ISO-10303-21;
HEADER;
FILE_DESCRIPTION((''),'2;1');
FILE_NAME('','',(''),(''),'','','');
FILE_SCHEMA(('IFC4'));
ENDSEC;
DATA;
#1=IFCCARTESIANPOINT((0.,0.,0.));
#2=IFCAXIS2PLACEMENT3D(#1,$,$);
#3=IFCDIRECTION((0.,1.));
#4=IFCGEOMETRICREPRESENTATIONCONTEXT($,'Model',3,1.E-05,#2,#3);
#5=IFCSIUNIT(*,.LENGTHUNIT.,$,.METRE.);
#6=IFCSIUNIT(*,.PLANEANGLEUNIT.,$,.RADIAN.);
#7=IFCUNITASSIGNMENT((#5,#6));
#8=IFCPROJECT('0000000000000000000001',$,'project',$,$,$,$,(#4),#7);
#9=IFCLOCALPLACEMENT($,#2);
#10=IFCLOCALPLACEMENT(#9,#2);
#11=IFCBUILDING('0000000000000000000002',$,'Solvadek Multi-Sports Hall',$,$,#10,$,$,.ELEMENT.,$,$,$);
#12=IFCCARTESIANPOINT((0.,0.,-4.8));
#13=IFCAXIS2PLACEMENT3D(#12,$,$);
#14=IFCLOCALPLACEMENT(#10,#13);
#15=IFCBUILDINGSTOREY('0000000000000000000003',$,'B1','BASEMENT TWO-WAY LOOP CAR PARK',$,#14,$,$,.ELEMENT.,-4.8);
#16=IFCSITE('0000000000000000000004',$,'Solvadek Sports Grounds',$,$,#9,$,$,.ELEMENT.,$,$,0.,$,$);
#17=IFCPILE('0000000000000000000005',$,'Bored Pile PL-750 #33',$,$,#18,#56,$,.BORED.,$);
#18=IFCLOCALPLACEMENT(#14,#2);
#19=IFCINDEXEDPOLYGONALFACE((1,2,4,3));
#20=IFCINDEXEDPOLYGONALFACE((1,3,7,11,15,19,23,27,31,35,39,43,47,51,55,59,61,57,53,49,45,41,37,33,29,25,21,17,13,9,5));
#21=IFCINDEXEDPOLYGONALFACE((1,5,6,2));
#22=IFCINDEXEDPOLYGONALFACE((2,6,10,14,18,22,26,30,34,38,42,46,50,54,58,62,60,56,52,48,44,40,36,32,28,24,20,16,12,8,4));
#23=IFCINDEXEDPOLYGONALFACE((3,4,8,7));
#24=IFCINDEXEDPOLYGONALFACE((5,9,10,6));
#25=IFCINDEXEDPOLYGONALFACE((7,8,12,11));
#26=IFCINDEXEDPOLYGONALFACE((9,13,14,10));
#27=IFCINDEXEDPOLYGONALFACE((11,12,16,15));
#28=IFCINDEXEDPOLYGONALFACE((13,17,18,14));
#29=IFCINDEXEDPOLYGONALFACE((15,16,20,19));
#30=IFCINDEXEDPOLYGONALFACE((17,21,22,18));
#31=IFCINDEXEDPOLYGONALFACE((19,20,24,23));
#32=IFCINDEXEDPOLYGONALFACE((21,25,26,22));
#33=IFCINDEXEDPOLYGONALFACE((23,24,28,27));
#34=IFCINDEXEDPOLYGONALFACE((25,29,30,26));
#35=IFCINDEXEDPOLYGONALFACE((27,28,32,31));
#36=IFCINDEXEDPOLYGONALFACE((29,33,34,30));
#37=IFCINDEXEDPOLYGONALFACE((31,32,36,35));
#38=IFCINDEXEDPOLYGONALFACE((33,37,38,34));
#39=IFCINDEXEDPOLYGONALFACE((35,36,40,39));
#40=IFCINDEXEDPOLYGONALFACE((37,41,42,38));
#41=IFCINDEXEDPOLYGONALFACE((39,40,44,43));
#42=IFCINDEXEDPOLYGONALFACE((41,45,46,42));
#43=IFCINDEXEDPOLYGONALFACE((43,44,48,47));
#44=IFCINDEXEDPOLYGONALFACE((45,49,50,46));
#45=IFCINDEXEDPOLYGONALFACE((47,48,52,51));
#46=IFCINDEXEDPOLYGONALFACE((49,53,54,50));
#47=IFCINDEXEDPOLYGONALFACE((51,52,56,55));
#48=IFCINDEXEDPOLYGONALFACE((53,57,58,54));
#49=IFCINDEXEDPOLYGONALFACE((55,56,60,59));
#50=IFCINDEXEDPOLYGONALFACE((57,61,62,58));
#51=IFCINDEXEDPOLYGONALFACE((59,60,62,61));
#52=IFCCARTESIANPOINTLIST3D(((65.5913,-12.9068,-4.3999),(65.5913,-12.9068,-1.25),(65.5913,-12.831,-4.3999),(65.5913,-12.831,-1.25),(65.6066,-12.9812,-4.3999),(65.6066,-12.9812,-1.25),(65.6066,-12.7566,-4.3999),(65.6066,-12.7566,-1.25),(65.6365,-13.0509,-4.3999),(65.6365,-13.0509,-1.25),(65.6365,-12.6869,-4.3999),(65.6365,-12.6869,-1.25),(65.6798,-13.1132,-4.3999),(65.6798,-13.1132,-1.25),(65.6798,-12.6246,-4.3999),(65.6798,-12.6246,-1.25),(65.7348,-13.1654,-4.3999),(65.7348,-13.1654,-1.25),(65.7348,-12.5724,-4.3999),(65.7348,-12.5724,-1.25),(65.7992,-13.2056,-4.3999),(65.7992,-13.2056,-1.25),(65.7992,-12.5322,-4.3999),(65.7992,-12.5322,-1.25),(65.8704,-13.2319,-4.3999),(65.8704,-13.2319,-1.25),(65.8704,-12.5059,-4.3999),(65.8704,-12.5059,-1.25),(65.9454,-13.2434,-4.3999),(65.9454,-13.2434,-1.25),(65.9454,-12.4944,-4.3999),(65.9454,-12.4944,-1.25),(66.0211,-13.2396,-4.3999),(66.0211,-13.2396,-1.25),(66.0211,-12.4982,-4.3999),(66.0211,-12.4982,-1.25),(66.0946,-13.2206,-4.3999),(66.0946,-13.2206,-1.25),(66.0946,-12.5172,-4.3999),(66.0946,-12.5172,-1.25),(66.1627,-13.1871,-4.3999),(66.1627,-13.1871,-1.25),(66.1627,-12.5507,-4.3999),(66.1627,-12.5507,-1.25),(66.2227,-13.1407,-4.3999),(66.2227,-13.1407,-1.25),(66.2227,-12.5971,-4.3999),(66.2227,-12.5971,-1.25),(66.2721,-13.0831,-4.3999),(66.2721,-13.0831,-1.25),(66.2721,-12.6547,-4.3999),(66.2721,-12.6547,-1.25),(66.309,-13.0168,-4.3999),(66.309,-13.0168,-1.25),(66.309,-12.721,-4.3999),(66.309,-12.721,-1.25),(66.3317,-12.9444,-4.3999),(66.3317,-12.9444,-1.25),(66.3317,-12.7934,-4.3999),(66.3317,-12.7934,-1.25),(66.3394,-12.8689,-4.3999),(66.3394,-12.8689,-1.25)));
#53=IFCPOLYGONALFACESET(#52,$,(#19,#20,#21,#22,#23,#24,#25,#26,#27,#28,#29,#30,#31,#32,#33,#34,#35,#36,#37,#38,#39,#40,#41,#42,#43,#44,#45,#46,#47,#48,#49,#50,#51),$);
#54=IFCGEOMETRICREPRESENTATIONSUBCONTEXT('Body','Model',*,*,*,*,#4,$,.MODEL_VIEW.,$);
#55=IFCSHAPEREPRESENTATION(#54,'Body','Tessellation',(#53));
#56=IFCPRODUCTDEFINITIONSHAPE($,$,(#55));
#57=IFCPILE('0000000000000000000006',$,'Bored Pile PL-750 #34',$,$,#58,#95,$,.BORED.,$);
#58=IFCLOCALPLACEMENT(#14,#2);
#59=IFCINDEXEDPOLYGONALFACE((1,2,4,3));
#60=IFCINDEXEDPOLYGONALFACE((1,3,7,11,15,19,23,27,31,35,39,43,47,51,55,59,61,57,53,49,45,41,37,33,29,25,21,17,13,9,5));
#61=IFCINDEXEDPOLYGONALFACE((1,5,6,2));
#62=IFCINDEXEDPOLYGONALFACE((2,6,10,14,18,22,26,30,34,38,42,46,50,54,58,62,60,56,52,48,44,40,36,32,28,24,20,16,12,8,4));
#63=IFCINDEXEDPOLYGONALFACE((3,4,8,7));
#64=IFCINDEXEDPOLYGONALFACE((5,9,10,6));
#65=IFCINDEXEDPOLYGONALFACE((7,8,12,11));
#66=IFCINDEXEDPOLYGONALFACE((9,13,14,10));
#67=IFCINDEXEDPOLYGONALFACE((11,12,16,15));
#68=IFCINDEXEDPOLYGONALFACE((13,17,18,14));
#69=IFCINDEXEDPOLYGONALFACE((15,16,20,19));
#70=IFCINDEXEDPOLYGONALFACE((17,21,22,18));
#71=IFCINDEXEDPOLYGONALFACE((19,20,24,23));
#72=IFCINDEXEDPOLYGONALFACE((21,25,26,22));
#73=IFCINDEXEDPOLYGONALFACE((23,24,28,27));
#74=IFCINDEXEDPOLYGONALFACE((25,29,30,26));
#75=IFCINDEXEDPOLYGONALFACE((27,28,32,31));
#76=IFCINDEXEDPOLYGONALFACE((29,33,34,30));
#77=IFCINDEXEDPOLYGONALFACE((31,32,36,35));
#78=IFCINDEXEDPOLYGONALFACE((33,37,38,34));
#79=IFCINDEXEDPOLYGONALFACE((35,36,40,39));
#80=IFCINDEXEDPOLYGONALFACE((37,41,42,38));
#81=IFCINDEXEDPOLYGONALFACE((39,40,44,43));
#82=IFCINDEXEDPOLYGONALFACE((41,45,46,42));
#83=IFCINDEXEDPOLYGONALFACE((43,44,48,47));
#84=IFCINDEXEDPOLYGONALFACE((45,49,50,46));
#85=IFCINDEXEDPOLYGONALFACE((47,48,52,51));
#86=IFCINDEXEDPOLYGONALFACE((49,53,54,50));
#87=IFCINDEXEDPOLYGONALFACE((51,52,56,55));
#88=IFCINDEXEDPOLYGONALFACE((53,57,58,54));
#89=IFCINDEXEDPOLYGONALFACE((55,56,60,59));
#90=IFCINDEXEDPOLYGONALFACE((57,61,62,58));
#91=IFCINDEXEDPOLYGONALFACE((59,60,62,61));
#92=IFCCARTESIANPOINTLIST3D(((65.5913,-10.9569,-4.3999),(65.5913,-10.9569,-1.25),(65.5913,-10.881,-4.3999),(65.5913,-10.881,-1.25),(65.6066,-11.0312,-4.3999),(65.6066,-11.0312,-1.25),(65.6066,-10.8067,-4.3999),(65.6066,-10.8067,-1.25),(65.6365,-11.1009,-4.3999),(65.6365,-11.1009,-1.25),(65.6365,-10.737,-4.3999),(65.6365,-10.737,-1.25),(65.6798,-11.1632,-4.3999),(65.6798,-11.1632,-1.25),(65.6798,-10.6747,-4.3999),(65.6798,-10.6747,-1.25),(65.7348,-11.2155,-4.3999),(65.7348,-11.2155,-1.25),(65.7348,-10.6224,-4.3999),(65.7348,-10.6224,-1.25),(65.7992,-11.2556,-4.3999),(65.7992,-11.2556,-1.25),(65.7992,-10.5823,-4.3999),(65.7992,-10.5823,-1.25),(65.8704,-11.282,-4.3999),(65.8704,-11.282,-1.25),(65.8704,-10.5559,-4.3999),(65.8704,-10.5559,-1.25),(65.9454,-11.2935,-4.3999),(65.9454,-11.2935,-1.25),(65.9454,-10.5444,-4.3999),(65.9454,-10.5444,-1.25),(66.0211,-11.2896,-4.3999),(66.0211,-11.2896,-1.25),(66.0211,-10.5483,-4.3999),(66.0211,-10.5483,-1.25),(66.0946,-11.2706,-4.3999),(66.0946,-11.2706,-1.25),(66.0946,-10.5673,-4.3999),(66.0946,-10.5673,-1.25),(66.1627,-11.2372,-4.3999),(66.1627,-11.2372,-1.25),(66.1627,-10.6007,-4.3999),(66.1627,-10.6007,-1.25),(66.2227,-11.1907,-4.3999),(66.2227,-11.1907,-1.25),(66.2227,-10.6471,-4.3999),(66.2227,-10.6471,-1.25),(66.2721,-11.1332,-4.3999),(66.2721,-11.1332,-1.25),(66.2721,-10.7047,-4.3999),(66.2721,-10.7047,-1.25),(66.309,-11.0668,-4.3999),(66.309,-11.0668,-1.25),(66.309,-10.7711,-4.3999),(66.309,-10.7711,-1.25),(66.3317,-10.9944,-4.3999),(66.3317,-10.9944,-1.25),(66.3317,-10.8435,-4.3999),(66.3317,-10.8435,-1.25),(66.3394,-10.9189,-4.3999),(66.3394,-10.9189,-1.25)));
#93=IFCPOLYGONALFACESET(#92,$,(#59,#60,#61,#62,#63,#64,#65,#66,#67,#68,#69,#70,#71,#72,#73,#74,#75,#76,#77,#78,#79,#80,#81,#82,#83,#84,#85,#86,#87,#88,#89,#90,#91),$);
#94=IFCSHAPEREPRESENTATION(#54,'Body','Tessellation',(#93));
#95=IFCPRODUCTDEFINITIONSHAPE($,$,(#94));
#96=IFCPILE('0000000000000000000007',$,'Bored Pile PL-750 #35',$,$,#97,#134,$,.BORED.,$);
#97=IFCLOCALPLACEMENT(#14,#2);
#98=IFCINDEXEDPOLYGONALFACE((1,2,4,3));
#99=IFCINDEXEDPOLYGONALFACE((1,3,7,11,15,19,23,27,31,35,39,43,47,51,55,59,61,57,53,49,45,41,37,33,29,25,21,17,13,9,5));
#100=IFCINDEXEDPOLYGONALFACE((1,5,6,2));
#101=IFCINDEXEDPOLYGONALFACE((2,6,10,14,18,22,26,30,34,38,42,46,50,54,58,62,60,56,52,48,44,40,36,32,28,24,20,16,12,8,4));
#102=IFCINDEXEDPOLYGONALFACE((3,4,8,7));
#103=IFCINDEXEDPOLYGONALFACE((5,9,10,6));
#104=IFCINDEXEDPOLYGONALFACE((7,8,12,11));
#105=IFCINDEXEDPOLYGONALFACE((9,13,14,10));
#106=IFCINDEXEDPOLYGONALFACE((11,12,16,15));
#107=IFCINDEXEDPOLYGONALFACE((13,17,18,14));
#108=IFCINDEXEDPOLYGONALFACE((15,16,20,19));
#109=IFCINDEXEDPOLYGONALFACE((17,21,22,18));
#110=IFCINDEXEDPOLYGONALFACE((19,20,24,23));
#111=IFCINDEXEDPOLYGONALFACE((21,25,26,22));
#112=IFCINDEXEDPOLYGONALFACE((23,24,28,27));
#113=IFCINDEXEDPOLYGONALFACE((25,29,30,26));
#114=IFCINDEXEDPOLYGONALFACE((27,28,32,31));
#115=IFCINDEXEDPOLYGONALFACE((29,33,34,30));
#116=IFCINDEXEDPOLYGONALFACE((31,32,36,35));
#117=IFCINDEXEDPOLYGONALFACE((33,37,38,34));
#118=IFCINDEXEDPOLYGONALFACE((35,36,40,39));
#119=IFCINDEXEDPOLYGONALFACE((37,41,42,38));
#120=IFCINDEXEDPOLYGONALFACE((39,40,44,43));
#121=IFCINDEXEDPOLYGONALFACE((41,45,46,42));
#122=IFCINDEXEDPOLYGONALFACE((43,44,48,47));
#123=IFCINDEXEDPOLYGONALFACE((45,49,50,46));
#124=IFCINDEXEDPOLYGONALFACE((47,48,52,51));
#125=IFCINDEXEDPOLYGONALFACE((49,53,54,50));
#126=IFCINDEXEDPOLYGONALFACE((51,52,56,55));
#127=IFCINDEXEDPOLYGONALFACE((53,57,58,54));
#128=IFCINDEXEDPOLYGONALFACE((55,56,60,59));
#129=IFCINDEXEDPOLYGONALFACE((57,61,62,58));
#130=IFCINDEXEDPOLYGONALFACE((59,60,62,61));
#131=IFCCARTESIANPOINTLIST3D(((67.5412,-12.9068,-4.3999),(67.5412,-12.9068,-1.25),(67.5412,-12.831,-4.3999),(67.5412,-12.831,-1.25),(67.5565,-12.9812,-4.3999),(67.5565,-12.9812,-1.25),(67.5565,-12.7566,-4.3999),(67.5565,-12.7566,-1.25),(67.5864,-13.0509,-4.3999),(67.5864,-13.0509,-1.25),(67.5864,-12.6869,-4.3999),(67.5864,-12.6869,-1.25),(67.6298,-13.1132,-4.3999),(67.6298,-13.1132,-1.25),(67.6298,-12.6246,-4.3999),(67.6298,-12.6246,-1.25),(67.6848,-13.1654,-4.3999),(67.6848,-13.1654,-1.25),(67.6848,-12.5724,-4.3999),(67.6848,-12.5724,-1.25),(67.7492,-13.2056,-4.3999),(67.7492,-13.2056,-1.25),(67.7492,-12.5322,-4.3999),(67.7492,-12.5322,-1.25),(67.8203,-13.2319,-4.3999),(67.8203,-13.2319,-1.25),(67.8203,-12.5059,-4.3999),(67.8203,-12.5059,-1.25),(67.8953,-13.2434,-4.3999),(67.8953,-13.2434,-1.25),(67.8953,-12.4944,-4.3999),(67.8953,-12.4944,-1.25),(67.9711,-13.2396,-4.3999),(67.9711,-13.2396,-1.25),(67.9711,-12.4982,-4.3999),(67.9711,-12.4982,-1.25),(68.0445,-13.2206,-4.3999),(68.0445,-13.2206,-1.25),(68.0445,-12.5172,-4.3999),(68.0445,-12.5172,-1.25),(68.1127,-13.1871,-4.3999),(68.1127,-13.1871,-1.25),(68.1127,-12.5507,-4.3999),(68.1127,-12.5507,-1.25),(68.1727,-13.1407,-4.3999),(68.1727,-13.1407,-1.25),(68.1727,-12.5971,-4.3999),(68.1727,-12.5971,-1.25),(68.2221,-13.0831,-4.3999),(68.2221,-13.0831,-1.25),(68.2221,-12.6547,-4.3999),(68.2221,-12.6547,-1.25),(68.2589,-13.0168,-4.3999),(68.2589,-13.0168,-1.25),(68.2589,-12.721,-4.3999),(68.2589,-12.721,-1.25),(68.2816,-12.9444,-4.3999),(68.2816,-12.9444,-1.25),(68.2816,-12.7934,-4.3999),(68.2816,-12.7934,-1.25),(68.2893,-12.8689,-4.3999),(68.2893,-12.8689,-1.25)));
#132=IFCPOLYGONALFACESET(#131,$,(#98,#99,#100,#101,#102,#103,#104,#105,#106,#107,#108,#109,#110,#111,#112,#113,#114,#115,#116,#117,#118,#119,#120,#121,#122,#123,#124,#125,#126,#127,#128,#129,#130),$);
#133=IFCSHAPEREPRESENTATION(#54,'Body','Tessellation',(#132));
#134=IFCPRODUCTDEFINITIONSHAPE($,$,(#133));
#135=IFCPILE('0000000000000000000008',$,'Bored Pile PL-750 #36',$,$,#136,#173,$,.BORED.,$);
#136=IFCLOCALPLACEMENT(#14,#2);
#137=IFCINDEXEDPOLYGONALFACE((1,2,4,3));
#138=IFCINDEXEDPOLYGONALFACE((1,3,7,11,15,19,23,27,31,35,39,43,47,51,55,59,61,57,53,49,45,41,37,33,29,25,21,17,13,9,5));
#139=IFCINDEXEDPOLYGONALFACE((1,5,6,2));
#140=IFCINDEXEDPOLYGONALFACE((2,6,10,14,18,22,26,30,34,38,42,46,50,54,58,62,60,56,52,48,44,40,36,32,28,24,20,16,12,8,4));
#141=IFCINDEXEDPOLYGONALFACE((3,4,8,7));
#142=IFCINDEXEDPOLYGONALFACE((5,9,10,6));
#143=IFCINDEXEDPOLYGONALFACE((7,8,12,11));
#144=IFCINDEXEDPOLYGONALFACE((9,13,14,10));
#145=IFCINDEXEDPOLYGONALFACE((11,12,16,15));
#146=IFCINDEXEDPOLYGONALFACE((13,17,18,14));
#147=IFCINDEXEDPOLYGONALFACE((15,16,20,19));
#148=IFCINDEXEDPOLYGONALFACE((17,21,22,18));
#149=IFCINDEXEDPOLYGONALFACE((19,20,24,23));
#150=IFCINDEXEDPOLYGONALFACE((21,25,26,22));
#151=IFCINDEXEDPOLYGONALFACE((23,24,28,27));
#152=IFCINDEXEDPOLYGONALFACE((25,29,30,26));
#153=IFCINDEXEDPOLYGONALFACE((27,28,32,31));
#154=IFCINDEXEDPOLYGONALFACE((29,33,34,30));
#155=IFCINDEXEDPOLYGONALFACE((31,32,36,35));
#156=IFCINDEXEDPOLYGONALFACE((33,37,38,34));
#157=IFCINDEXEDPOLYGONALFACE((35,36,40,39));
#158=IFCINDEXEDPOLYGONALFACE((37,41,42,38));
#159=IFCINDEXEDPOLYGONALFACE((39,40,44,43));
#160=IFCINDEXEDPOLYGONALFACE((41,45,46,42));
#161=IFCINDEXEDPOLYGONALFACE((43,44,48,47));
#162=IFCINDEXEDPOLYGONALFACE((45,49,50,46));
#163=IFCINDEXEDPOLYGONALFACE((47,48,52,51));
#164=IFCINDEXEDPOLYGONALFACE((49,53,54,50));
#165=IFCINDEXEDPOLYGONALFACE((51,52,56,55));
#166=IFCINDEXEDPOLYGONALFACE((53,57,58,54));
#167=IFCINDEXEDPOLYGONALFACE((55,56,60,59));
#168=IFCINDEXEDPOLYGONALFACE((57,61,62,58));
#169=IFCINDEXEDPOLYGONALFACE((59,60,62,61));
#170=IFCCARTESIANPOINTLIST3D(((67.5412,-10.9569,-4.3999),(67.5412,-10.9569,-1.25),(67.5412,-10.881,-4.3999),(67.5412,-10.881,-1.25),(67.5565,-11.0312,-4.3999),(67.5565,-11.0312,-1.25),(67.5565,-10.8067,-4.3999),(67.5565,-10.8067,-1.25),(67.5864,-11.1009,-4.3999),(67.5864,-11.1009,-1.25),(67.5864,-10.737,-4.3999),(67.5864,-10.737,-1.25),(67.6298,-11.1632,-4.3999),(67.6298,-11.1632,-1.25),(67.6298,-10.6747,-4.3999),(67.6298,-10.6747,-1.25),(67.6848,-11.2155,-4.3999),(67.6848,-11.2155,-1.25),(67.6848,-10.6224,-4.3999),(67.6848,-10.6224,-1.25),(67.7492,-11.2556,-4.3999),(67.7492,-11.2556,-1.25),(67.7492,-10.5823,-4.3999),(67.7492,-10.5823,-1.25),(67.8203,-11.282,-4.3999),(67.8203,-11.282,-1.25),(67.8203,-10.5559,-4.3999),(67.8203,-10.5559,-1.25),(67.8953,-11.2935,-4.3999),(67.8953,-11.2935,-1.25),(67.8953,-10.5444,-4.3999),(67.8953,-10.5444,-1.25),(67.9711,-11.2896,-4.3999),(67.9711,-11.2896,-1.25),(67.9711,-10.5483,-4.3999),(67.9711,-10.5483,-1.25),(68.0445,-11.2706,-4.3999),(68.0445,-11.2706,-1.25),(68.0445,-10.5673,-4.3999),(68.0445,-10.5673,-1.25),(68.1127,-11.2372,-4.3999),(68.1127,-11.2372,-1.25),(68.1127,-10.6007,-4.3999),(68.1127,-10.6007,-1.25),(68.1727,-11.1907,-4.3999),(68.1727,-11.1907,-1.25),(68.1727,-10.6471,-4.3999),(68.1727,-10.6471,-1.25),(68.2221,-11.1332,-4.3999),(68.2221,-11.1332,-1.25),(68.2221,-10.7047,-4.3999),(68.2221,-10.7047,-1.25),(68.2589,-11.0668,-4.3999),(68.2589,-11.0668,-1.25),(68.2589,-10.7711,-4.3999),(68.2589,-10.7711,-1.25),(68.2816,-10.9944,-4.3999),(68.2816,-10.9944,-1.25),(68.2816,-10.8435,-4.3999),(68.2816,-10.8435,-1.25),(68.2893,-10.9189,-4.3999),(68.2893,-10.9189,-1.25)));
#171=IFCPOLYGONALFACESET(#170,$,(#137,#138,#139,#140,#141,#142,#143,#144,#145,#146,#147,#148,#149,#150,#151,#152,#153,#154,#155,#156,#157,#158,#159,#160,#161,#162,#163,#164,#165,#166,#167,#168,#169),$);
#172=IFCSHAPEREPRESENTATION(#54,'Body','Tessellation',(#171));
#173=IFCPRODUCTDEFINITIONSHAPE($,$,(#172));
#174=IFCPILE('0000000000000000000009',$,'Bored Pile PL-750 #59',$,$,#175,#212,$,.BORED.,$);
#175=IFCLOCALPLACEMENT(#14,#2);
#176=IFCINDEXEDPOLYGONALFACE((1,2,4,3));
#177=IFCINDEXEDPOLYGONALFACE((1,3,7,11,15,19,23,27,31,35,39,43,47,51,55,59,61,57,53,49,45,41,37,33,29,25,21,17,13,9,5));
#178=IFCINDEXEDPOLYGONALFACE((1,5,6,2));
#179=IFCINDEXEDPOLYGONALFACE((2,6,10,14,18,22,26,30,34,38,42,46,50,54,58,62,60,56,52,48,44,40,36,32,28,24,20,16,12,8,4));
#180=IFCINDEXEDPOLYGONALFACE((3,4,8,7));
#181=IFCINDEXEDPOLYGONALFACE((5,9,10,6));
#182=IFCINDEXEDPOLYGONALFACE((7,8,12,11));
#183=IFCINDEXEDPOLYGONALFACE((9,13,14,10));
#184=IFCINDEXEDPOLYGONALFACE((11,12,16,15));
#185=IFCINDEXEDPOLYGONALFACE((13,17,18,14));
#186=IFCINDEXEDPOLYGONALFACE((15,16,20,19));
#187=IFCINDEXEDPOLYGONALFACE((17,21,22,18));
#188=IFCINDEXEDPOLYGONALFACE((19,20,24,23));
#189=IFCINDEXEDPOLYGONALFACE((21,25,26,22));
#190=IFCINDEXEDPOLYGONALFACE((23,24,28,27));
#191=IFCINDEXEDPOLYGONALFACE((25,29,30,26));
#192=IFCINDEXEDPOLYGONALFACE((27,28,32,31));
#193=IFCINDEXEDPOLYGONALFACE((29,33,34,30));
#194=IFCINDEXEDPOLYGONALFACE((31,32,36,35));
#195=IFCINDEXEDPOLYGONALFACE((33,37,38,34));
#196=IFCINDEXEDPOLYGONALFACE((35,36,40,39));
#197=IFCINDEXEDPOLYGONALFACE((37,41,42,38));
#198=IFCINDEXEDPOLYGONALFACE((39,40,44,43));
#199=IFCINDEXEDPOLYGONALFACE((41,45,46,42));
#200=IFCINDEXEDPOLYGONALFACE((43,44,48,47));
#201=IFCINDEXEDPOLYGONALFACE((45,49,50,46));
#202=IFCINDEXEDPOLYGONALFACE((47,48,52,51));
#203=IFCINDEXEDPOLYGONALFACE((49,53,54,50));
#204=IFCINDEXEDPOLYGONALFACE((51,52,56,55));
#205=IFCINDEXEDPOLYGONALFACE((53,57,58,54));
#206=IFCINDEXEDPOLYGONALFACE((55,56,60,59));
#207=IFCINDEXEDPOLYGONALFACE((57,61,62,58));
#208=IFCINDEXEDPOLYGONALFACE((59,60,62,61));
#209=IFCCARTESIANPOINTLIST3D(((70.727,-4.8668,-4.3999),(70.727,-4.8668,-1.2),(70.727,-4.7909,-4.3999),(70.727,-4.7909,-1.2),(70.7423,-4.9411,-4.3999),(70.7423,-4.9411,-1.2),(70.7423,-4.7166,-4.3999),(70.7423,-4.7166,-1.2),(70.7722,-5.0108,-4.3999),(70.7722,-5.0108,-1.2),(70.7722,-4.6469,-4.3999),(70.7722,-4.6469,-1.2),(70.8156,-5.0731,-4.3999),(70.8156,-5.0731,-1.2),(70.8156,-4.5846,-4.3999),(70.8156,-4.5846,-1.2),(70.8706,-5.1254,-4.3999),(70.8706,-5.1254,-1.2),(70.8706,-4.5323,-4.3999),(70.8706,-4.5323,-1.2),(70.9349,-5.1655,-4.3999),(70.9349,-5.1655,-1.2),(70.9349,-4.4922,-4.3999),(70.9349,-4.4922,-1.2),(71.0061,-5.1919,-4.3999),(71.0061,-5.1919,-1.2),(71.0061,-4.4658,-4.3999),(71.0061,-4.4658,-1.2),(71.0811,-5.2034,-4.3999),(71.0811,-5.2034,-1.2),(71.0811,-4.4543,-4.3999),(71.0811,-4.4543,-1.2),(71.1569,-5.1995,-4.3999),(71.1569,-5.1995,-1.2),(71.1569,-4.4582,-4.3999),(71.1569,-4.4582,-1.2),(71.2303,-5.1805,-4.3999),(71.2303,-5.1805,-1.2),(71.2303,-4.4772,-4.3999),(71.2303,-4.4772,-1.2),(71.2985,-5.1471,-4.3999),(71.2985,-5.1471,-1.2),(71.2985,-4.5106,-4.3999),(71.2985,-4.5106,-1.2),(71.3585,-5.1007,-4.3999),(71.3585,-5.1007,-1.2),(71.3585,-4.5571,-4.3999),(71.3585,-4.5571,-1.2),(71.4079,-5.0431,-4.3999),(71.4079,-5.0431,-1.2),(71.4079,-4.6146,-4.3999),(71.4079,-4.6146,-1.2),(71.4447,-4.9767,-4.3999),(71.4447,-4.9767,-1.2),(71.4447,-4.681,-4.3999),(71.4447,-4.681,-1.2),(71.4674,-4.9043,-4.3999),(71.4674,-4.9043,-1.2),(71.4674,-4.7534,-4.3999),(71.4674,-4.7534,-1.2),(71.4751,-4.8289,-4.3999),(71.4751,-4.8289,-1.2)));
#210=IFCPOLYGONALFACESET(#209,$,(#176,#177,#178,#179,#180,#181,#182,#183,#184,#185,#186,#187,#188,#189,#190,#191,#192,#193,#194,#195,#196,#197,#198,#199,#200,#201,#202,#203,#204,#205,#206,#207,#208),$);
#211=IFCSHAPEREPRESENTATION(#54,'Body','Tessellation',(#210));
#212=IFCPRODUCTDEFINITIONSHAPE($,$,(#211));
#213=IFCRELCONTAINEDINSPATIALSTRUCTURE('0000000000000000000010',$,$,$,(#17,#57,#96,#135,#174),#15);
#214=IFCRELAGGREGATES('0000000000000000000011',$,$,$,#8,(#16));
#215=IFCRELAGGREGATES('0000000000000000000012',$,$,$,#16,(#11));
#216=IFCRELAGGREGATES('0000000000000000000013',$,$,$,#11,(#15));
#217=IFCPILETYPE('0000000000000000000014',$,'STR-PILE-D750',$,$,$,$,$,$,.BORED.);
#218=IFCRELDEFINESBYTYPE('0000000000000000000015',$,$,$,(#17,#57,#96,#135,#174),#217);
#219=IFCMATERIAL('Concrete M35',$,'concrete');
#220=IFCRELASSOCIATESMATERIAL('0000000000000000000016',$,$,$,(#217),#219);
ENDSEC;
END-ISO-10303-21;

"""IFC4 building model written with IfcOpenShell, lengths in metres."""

from ifc_helpers import new_model, si_unit, direction, frame, origin, origin_2d, place, context, subcontext, project, spatial, circle, extrude, material, material_profile, profile_set, type_object, element, save


model = new_model("IFC4")

# Units and contexts
model_context = context("Model", 3, precision=1e-05, world=origin(), true_north=direction((0.0, 1.0)))
body_context = subcontext(model_context, "Body", "Model", "MODEL_VIEW")
ifc_project = project(units=[si_unit("LENGTHUNIT", "METRE"), si_unit("PLANEANGLEUNIT", "RADIAN")], contexts=[model_context])

# Site, building, storey
site_placement = place(None, origin())
site = spatial("IfcSite", under=ifc_project, at=site_placement, Name="Solvadek Sports Grounds", CompositionType="ELEMENT", RefElevation=0.0)
building_placement = place(site_placement, origin())
building = spatial("IfcBuilding", under=site, at=building_placement, Name="Solvadek Multi-Sports Hall", CompositionType="ELEMENT")
storey_placement = place(building_placement, frame((0.0, 0.0, -4.8)))
storey = spatial("IfcBuildingStorey", under=building, at=storey_placement, Name="B1", Description="BASEMENT TWO-WAY LOOP CAR PARK", CompositionType="ELEMENT", Elevation=-4.8)

# Piles
ifc_material_1 = material(Name="Concrete M35", Category="concrete")
ifc_material_profile_1 = material_profile(ifc_material_1, circle(Radius=0.375, at=origin_2d()), Name="BORED PILE D750")
ifc_profile_set_1 = profile_set([ifc_material_profile_1], Name="Concrete M35")
pile_type = type_object("IfcPileType", Name="STR-PILE-D750", PredefinedType="BORED", material=ifc_profile_set_1)
for number, where, z_axis, x_axis, name in (
    (1, (65.9644, -12.8689, -1.25), (0.0, 0.0, -1.0), (1.0, 0.0, 0.0), "Bored Pile PL-750 #33"),
    (2, (65.9644, -10.9189, -1.25), (0.0, 0.0, -1.0), (1.0, 0.0, 0.0), "Bored Pile PL-750 #34"),
    (3, (67.9143, -12.8689, -1.25), (0.0, 0.0, -1.0), (1.0, 0.0, 0.0), "Bored Pile PL-750 #35"),
    (4, (67.9143, -10.9189, -1.25), (0.0, 0.0, -1.0), (1.0, 0.0, 0.0), "Bored Pile PL-750 #36"),
):
    element("IfcPile", number, at=place(storey_placement, frame(where, z_axis=z_axis, x_axis=x_axis)), inside=storey, type_object=pile_type, Name=name, PredefinedType="BORED", context=body_context, shape_type="SweptSolid", body=[
        extrude(circle(Radius=0.375, at=origin_2d()), origin(), (0.0, 0.0, 1.0), 3.1499),
    ])
pile_placement = place(storey_placement, frame((71.1001, -4.8289, -1.2), z_axis=(0.0, 0.0, -1.0), x_axis=(1.0, 0.0, 0.0)))
element("IfcPile", 5, at=pile_placement, inside=storey, type_object=pile_type, Name="Bored Pile PL-750 #59", PredefinedType="BORED", context=body_context, shape_type="SweptSolid", body=[
    extrude(circle(Radius=0.375, at=origin_2d()), origin(), (0.0, 0.0, 1.0), 3.2),
])

save(model, "model.ifc")
